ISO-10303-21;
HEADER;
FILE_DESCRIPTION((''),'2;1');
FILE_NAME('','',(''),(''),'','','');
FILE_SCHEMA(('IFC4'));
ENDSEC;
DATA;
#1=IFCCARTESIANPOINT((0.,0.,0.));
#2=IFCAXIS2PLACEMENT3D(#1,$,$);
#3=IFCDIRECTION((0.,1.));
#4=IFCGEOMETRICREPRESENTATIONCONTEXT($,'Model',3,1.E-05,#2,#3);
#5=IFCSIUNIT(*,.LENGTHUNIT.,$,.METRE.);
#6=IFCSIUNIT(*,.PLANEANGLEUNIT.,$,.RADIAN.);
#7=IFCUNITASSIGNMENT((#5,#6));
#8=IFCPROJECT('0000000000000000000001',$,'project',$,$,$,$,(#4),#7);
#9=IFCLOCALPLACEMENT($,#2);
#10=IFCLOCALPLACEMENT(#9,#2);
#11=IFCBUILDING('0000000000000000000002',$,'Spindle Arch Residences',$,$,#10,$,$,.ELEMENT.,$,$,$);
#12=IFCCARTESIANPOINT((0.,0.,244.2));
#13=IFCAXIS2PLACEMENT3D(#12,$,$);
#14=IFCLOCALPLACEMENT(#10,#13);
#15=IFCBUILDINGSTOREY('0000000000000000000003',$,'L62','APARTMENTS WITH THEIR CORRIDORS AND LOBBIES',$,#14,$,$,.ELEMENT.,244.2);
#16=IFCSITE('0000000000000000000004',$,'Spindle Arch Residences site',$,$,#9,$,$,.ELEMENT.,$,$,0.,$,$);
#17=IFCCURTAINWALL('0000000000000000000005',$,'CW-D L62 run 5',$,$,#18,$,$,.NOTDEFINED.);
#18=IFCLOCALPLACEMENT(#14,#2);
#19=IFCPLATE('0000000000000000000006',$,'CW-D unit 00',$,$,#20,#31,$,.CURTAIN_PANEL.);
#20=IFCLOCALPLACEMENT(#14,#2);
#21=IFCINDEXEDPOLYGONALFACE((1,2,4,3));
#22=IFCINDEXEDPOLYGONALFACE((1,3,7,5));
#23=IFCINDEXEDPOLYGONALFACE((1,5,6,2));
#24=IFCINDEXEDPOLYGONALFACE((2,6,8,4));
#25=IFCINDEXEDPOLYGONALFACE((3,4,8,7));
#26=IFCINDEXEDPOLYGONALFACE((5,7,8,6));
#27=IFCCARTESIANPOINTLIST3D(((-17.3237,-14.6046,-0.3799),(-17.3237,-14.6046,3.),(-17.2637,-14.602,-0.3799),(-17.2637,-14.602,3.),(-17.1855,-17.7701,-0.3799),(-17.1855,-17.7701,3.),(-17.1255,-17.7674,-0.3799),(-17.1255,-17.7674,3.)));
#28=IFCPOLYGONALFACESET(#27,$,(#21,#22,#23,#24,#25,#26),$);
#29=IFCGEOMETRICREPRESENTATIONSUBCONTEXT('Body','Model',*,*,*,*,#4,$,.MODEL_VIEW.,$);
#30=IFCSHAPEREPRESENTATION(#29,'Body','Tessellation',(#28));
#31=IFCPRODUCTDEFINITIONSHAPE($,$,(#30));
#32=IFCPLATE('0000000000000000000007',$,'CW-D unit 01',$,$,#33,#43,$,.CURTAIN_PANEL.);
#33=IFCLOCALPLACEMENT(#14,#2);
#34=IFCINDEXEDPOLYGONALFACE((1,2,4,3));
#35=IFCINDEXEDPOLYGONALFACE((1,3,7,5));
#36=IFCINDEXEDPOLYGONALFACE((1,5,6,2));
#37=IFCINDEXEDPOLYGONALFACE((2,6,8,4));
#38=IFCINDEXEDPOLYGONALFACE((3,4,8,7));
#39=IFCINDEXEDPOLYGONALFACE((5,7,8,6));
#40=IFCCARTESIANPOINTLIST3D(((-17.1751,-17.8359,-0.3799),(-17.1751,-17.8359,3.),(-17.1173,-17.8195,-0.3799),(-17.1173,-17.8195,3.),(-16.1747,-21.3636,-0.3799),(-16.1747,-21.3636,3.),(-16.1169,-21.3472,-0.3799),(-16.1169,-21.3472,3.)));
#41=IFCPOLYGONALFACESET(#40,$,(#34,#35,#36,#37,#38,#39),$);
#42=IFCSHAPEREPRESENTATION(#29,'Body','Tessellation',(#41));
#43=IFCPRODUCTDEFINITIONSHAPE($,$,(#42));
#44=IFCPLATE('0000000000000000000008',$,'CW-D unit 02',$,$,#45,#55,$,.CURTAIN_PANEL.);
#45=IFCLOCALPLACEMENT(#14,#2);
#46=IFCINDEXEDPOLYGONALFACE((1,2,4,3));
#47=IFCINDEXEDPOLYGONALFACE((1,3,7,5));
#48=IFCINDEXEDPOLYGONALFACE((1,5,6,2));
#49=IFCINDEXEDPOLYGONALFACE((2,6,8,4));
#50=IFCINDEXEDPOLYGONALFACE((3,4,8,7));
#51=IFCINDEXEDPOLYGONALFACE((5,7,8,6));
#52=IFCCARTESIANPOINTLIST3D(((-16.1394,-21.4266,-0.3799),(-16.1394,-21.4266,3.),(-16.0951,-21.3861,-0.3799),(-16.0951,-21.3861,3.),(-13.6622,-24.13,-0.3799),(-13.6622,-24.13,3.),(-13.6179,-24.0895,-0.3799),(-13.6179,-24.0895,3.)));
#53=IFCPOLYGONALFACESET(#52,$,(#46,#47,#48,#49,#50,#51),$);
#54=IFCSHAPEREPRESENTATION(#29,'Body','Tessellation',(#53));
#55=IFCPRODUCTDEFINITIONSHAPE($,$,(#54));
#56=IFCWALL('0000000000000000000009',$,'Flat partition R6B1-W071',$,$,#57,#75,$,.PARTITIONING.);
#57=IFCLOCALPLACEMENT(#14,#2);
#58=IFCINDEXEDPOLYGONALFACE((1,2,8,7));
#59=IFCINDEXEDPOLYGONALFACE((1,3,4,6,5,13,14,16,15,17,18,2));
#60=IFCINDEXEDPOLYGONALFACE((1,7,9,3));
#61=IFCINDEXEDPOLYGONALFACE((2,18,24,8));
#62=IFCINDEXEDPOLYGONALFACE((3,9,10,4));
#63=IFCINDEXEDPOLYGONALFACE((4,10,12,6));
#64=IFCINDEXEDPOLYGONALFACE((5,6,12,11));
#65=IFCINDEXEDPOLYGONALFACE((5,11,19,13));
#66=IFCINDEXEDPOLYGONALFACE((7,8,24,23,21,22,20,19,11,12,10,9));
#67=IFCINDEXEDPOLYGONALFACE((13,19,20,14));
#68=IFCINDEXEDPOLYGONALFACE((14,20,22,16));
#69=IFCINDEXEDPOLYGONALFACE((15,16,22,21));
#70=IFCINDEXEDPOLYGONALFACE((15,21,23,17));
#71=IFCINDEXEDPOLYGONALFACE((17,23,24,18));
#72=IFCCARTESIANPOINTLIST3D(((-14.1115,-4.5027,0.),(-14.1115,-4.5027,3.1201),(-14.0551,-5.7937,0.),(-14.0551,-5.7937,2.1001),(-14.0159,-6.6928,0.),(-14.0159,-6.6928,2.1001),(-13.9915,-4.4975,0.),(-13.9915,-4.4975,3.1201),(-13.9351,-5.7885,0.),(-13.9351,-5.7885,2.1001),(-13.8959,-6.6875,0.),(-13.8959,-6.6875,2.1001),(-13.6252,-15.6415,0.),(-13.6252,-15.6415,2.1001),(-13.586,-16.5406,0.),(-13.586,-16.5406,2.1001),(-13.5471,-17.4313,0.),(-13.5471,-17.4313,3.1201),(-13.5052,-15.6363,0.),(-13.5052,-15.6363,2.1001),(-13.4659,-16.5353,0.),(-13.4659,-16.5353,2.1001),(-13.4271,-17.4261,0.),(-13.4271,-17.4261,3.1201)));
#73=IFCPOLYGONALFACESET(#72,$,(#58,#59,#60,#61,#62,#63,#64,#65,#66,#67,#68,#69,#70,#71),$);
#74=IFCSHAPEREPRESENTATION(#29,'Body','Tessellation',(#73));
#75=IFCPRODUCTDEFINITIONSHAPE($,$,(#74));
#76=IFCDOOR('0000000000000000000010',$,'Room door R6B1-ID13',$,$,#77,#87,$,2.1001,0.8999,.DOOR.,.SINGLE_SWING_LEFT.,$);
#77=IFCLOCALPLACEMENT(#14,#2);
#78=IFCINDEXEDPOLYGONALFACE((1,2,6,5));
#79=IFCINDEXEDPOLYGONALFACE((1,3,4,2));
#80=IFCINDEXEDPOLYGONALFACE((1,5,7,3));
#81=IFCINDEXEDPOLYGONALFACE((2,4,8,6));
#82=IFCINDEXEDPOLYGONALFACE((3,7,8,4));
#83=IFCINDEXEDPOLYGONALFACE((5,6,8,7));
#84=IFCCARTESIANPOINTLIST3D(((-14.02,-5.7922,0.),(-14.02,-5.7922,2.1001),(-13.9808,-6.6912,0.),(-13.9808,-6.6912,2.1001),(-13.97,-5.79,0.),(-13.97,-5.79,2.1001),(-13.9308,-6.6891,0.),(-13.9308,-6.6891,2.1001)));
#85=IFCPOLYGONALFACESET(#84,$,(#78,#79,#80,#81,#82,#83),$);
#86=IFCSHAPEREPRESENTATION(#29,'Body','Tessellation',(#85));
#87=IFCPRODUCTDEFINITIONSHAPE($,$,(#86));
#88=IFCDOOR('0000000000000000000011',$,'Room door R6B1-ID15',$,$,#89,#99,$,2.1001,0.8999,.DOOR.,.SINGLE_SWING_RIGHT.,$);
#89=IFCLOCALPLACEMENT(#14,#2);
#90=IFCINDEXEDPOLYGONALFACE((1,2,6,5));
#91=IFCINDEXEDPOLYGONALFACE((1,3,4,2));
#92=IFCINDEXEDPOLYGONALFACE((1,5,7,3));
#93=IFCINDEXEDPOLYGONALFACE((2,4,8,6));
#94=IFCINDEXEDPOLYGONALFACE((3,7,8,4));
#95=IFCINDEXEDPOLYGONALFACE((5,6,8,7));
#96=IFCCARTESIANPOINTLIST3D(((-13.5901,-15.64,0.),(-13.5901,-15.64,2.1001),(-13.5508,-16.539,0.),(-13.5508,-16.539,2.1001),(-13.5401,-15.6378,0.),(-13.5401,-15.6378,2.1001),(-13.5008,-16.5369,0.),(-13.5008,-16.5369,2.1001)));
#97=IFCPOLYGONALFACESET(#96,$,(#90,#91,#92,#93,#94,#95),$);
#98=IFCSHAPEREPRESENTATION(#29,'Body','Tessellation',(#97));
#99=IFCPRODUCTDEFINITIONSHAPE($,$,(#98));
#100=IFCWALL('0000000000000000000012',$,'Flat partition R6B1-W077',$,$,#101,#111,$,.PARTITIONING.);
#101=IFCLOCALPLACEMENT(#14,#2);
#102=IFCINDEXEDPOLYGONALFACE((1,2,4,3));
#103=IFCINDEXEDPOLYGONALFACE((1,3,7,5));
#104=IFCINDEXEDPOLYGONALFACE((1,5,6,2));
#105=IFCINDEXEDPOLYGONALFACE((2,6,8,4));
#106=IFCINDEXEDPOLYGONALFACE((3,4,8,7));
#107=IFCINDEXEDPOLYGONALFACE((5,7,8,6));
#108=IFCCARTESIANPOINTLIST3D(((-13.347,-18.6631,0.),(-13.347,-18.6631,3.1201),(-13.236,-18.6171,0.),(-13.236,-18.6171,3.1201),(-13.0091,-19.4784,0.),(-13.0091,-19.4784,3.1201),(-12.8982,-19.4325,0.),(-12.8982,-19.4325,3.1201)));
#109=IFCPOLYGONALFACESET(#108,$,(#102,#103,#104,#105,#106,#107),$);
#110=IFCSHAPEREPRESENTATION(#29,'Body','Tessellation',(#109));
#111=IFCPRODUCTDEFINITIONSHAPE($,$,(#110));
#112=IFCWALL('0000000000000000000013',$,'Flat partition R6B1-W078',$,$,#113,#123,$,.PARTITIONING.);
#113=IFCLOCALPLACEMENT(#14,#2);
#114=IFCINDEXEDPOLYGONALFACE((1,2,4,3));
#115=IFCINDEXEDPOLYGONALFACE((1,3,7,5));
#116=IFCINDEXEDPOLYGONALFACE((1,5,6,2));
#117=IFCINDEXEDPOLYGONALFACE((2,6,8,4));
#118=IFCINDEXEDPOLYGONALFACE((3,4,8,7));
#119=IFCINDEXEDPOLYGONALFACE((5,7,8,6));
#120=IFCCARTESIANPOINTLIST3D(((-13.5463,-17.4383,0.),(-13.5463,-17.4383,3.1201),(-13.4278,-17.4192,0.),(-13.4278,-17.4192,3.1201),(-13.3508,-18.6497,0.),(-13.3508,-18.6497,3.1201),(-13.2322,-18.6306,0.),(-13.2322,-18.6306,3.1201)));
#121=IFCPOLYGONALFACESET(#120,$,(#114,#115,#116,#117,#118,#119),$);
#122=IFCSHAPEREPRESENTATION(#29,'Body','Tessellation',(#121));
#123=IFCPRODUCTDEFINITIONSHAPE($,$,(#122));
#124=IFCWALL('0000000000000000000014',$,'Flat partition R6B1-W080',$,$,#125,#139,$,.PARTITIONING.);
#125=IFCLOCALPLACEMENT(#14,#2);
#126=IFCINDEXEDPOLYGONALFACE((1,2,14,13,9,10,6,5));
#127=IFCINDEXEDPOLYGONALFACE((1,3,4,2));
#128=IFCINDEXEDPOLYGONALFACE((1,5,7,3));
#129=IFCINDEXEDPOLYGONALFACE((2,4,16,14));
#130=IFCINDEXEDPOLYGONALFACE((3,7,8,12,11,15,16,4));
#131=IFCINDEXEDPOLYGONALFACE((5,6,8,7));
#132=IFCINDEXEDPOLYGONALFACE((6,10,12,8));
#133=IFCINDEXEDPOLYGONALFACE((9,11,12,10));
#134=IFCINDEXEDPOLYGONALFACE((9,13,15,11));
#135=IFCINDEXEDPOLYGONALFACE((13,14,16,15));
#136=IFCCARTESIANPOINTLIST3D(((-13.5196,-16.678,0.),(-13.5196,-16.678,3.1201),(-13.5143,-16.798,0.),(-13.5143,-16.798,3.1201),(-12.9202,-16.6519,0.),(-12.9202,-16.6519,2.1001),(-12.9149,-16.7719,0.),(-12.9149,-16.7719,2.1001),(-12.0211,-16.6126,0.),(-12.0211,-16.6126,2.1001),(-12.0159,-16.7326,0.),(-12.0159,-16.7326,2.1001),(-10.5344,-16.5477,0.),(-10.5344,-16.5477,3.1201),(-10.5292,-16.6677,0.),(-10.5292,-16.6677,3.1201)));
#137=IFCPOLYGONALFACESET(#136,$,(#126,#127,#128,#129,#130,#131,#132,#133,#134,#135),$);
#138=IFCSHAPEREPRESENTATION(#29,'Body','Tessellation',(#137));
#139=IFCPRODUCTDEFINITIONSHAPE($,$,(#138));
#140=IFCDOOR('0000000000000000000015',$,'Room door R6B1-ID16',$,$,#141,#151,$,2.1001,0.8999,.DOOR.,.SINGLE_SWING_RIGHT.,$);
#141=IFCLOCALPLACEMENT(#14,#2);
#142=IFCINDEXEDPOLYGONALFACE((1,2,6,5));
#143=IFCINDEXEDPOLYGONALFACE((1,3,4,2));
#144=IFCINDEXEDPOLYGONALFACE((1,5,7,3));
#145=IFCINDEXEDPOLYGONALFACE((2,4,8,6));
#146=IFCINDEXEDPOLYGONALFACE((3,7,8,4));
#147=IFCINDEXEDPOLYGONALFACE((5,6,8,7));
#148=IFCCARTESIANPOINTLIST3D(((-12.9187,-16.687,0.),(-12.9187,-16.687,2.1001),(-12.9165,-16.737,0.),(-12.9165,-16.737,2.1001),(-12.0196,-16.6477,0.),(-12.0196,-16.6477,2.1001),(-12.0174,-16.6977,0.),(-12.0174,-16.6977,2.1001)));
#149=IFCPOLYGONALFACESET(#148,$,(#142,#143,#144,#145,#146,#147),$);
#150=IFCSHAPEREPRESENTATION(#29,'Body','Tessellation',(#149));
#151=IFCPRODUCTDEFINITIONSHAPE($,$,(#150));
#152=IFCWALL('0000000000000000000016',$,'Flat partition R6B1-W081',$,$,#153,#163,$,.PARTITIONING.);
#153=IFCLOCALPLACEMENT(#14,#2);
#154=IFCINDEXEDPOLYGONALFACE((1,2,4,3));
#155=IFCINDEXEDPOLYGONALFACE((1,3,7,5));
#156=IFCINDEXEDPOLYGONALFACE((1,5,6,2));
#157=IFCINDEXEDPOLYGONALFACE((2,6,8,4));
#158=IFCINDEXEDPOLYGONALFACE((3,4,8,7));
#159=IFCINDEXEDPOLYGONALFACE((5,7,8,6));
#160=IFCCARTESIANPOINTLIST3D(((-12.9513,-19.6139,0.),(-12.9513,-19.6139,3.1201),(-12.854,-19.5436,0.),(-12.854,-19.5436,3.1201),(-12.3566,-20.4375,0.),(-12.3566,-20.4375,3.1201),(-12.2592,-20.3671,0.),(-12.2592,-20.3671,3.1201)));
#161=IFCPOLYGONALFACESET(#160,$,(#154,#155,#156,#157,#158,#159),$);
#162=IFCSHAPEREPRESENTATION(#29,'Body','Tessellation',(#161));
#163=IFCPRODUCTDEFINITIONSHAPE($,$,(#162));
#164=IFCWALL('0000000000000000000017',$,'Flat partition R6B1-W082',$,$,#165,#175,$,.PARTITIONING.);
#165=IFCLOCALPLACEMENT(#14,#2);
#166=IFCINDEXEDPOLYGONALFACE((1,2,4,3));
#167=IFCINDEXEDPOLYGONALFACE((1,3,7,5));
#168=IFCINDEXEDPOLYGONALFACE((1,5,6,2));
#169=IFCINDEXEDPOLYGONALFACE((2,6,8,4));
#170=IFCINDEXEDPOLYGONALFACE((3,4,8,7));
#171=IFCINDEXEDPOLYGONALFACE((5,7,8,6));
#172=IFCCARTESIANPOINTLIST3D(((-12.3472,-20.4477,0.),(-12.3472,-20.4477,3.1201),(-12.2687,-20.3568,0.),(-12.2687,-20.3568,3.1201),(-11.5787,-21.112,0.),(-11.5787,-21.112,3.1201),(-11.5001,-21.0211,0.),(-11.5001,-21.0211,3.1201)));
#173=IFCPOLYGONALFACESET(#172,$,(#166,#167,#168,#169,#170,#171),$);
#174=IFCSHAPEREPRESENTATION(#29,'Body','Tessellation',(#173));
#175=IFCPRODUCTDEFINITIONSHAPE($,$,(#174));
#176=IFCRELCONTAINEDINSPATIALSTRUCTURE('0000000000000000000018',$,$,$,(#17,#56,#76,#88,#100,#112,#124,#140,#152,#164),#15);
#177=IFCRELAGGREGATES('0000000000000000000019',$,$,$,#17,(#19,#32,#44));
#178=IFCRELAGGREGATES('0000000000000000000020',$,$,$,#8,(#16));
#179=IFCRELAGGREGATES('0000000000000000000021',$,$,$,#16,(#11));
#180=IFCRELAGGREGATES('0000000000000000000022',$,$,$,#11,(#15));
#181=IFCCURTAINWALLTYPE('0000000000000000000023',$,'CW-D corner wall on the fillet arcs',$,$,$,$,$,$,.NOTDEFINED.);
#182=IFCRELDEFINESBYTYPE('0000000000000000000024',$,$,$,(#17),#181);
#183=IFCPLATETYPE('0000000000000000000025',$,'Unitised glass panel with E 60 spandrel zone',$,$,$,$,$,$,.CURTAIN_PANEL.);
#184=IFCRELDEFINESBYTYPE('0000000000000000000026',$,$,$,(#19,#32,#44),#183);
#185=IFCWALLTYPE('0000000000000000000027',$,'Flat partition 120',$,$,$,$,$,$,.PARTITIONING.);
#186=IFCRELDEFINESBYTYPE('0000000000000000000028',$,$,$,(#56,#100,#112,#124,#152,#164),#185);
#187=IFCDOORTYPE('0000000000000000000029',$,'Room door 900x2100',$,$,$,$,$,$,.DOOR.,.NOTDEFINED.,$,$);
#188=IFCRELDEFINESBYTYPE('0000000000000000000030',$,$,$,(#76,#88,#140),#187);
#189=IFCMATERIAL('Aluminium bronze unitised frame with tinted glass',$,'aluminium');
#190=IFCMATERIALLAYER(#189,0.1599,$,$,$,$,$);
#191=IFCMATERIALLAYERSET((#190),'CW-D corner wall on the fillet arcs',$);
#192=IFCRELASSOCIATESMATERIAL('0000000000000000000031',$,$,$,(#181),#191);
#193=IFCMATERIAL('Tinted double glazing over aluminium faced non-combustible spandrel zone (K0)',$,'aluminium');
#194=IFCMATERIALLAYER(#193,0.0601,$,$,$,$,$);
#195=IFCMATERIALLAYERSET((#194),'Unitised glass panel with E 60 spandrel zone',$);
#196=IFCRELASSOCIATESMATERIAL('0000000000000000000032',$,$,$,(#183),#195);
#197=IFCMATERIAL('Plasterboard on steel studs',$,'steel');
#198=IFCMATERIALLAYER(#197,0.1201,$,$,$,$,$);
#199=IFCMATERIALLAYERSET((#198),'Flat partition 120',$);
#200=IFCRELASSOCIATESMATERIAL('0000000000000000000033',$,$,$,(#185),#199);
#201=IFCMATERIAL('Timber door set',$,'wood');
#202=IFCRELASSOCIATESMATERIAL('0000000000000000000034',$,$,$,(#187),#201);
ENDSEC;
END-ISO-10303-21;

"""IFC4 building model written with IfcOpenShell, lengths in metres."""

from ifc_helpers import new_model, si_unit, direction, frame, frame_2d, origin, origin_2d, place, context, subcontext, project, spatial, rectangle, extrude, material, layer, layer_set, type_object, element, fill, aggregate, save


model = new_model("IFC4")

# Units and contexts
model_context = context("Model", 3, precision=1e-05, world=origin(), true_north=direction((0.0, 1.0)))
body_context = subcontext(model_context, "Body", "Model", "MODEL_VIEW")
ifc_project = project(units=[si_unit("LENGTHUNIT", "METRE"), si_unit("PLANEANGLEUNIT", "RADIAN")], contexts=[model_context])

# Site, building, storey
site_placement = place(None, origin())
site = spatial("IfcSite", under=ifc_project, at=site_placement, Name="Spindle Arch Residences site", CompositionType="ELEMENT", RefElevation=0.0)
building_placement = place(site_placement, origin())
building = spatial("IfcBuilding", under=site, at=building_placement, Name="Spindle Arch Residences", CompositionType="ELEMENT")
storey_placement = place(building_placement, frame((0.0, 0.0, 244.2)))
storey = spatial("IfcBuildingStorey", under=building, at=storey_placement, Name="L62", Description="APARTMENTS WITH THEIR CORRIDORS AND LOBBIES", CompositionType="ELEMENT", Elevation=244.2)

# Curtain wall
ifc_material_1 = material(Name="Aluminium bronze unitised frame with tinted glass", Category="aluminium")
ifc_layer_1 = layer(ifc_material_1, 0.1599)
ifc_layer_set_1 = layer_set([ifc_layer_1], Name="CW-D corner wall on the fillet arcs")
curtain_wall_type = type_object("IfcCurtainWallType", Name="CW-D corner wall on the fillet arcs", PredefinedType="NOTDEFINED", material=ifc_layer_set_1)
curtain_wall_placement = place(storey_placement, origin())
curtain_wall = element("IfcCurtainWall", 1, at=curtain_wall_placement, inside=storey, type_object=curtain_wall_type, Name="CW-D L62 run 5", PredefinedType="NOTDEFINED")

# Plates
ifc_material_2 = material(Name="Tinted double glazing over aluminium faced non-combustible spandrel zone (K0)", Category="aluminium")
ifc_layer_2 = layer(ifc_material_2, 0.0601)
ifc_layer_set_2 = layer_set([ifc_layer_2], Name="Unitised glass panel with E 60 spandrel zone")
plate_type = type_object("IfcPlateType", Name="Unitised glass panel with E 60 spandrel zone", PredefinedType="CURTAIN_PANEL", material=ifc_layer_set_2)
plate_1_placement = place(storey_placement, frame((-17.2246, -16.186, -0.3799), z_axis=(0.0, 0.0, 1.0), x_axis=(0.043619, -0.999048, 0.0)))
plate_1 = element("IfcPlate", 2, at=plate_1_placement, type_object=plate_type, Name="CW-D unit 00", PredefinedType="CURTAIN_PANEL", context=body_context, shape_type="SweptSolid", body=[
    extrude(rectangle(XDim=3.1685, YDim=0.0601, at=origin_2d()), origin(), (0.0, 0.0, 1.0), 3.3799),
])
plate_2_placement = place(storey_placement, frame((-16.646, -19.5916, -0.3799), z_axis=(0.0, 0.0, 1.0), x_axis=(0.27284, -0.962059, 0.0)))
plate_2 = element("IfcPlate", 3, at=plate_2_placement, type_object=plate_type, Name="CW-D unit 01", PredefinedType="CURTAIN_PANEL", context=body_context, shape_type="SweptSolid", body=[
    extrude(rectangle(XDim=3.6667, YDim=0.0601, at=origin_2d()), origin(), (0.0, 0.0, 1.0), 3.3799),
])
plate_3_placement = place(storey_placement, frame((-14.8787, -22.7581, -0.3799), z_axis=(0.0, 0.0, 1.0), x_axis=(0.67559, -0.737277, 0.0)))
plate_3 = element("IfcPlate", 4, at=plate_3_placement, type_object=plate_type, Name="CW-D unit 02", PredefinedType="CURTAIN_PANEL", context=body_context, shape_type="SweptSolid", body=[
    extrude(rectangle(XDim=3.6667, YDim=0.0601, at=origin_2d()), origin(), (0.0, 0.0, 1.0), 3.3799),
])
aggregate(curtain_wall, [plate_1, plate_2, plate_3])

# Wall, openings, doors
ifc_material_3 = material(Name="Plasterboard on steel studs", Category="steel")
ifc_layer_3 = layer(ifc_material_3, 0.1201)
ifc_layer_set_3 = layer_set([ifc_layer_3], Name="Flat partition 120")
wall_type_1 = type_object("IfcWallType", Name="Flat partition 120", PredefinedType="PARTITIONING", material=ifc_layer_set_3)
wall_1_placement = place(storey_placement, frame((-13.4871, -17.4287, 0.0), z_axis=(0.0, 0.0, 1.0), x_axis=(-0.043617, 0.999048, 0.0)))
wall_1 = element("IfcWall", 5, at=wall_1_placement, inside=storey, type_object=wall_type_1, Name="Flat partition R6B1-W071", PredefinedType="PARTITIONING", context=body_context, shape_type="SweptSolid", body=[
    extrude(rectangle(XDim=12.9409, YDim=0.1201, at=frame_2d((6.4705, 0.0))), origin(), (0.0, 0.0, 1.0), 3.1201),
])
opening_1_placement = place(wall_1_placement, frame((10.7488, 0.0, 0.0)))
opening_1 = element("IfcOpeningElement", 6, at=opening_1_placement, cuts=wall_1, PredefinedType="OPENING", context=body_context, shape_type="SweptSolid", body=[
    extrude(rectangle(XDim=0.8999, YDim=2.1001, at=frame_2d((0.45, 1.05))), frame((0.0, 0.0701, 0.0), z_axis=(0.0, -1.0, 0.0), x_axis=(1.0, 0.0, 0.0)), (0.0, 0.0, 1.0), 0.1401),
])
opening_2_placement = place(wall_1_placement, frame((0.8916, 0.0, 0.0)))
opening_2 = element("IfcOpeningElement", 7, at=opening_2_placement, cuts=wall_1, PredefinedType="OPENING", context=body_context, shape_type="SweptSolid", body=[
    extrude(rectangle(XDim=0.8999, YDim=2.1001, at=frame_2d((0.45, 1.05))), frame((0.0, 0.0701, 0.0), z_axis=(0.0, -1.0, 0.0), x_axis=(1.0, 0.0, 0.0)), (0.0, 0.0, 1.0), 0.1401),
])
ifc_material_4 = material(Name="Timber door set", Category="wood")
door_type = type_object("IfcDoorType", Name="Room door 900x2100", OperationType="NOTDEFINED", PredefinedType="DOOR", material=ifc_material_4)
door_1_placement = place(opening_1_placement, origin())
door_1 = element("IfcDoor", 8, at=door_1_placement, inside=storey, type_object=door_type, Name="Room door R6B1-ID13", OperationType="SINGLE_SWING_LEFT", OverallHeight=2.1001, OverallWidth=0.8999, PredefinedType="DOOR", context=body_context, shape_type="SweptSolid", body=[
    extrude(rectangle(XDim=0.8999, YDim=2.1001, at=frame_2d((0.45, 1.05))), frame((0.0, 0.0249, 0.0), z_axis=(0.0, -1.0, 0.0), x_axis=(1.0, 0.0, 0.0)), (0.0, 0.0, 1.0), 0.05),
])
fill(opening_1, door_1)
door_2_placement = place(opening_2_placement, origin())
door_2 = element("IfcDoor", 9, at=door_2_placement, inside=storey, type_object=door_type, Name="Room door R6B1-ID15", OperationType="SINGLE_SWING_RIGHT", OverallHeight=2.1001, OverallWidth=0.8999, PredefinedType="DOOR", context=body_context, shape_type="SweptSolid", body=[
    extrude(rectangle(XDim=0.8999, YDim=2.1001, at=frame_2d((0.45, 1.05))), frame((0.0, 0.0249, 0.0), z_axis=(0.0, -1.0, 0.0), x_axis=(1.0, 0.0, 0.0)), (0.0, 0.0, 1.0), 0.05),
])
fill(opening_2, door_2)

# Walls
wall_2_placement = place(storey_placement, frame((-12.9536, -19.4556, 0.0), z_axis=(0.0, 0.0, 1.0), x_axis=(-0.382808, 0.923828, 0.0)))
element("IfcWall", 10, at=wall_2_placement, inside=storey, type_object=wall_type_1, Name="Flat partition R6B1-W077", PredefinedType="PARTITIONING", context=body_context, shape_type="SweptSolid", body=[
    extrude(rectangle(XDim=0.8826, YDim=0.1201, at=frame_2d((0.4414, 0.0))), origin(), (0.0, 0.0, 1.0), 3.1201),
])
wall_3_placement = place(storey_placement, frame((-13.2915, -18.6401, 0.0), z_axis=(0.0, 0.0, 1.0), x_axis=(-0.159364, 0.98722, 0.0)))
element("IfcWall", 11, at=wall_3_placement, inside=storey, type_object=wall_type_1, Name="Flat partition R6B1-W078", PredefinedType="PARTITIONING", context=body_context, shape_type="SweptSolid", body=[
    extrude(rectangle(XDim=1.2271, YDim=0.1201, at=frame_2d((0.6135, 0.0))), origin(), (0.0, 0.0, 1.0), 3.1201),
])

# Wall, opening, door
wall_4_placement = place(storey_placement, frame((-13.5171, -16.738, 0.0), z_axis=(0.0, 0.0, 1.0), x_axis=(0.999048, 0.043632, 0.0)))
wall_4 = element("IfcWall", 12, at=wall_4_placement, inside=storey, type_object=wall_type_1, Name="Flat partition R6B1-W080", PredefinedType="PARTITIONING", context=body_context, shape_type="SweptSolid", body=[
    extrude(rectangle(XDim=2.988, YDim=0.1201, at=frame_2d((1.4941, 0.0))), origin(), (0.0, 0.0, 1.0), 3.1201),
])
opening_3_placement = place(wall_4_placement, frame((0.6001, 0.0, 0.0)))
opening_3 = element("IfcOpeningElement", 13, at=opening_3_placement, cuts=wall_4, PredefinedType="OPENING", context=body_context, shape_type="SweptSolid", body=[
    extrude(rectangle(XDim=0.8999, YDim=2.1001, at=frame_2d((0.45, 1.05))), frame((0.0, 0.0701, 0.0), z_axis=(0.0, -1.0, 0.0), x_axis=(1.0, 0.0, 0.0)), (0.0, 0.0, 1.0), 0.1401),
])
door_3_placement = place(opening_3_placement, origin())
door_3 = element("IfcDoor", 14, at=door_3_placement, inside=storey, type_object=door_type, Name="Room door R6B1-ID16", OperationType="SINGLE_SWING_RIGHT", OverallHeight=2.1001, OverallWidth=0.8999, PredefinedType="DOOR", context=body_context, shape_type="SweptSolid", body=[
    extrude(rectangle(XDim=0.8999, YDim=2.1001, at=frame_2d((0.45, 1.05))), frame((0.0, 0.0249, 0.0), z_axis=(0.0, -1.0, 0.0), x_axis=(1.0, 0.0, 0.0)), (0.0, 0.0, 1.0), 0.05),
])
fill(opening_3, door_3)

# Walls
for number, where, z_axis, x_axis, name in (
    (15, (-12.9026, -19.5789, 0.0), (0.0, 0.0, 1.0), (0.585482, -0.810686, 0.0), "Flat partition R6B1-W081"),
    (16, (-12.3079, -20.4023, 0.0), (0.0, 0.0, 1.0), (0.756553, -0.653933, 0.0), "Flat partition R6B1-W082"),
):
    element("IfcWall", number, at=place(storey_placement, frame(where, z_axis=z_axis, x_axis=x_axis)), inside=storey, type_object=wall_type_1, Name=name, PredefinedType="PARTITIONING", context=body_context, shape_type="SweptSolid", body=[
        extrude(rectangle(XDim=1.0159, YDim=0.1201, at=frame_2d((0.5078, 0.0))), origin(), (0.0, 0.0, 1.0), 3.1201),
    ])

save(model, "model.ifc")
